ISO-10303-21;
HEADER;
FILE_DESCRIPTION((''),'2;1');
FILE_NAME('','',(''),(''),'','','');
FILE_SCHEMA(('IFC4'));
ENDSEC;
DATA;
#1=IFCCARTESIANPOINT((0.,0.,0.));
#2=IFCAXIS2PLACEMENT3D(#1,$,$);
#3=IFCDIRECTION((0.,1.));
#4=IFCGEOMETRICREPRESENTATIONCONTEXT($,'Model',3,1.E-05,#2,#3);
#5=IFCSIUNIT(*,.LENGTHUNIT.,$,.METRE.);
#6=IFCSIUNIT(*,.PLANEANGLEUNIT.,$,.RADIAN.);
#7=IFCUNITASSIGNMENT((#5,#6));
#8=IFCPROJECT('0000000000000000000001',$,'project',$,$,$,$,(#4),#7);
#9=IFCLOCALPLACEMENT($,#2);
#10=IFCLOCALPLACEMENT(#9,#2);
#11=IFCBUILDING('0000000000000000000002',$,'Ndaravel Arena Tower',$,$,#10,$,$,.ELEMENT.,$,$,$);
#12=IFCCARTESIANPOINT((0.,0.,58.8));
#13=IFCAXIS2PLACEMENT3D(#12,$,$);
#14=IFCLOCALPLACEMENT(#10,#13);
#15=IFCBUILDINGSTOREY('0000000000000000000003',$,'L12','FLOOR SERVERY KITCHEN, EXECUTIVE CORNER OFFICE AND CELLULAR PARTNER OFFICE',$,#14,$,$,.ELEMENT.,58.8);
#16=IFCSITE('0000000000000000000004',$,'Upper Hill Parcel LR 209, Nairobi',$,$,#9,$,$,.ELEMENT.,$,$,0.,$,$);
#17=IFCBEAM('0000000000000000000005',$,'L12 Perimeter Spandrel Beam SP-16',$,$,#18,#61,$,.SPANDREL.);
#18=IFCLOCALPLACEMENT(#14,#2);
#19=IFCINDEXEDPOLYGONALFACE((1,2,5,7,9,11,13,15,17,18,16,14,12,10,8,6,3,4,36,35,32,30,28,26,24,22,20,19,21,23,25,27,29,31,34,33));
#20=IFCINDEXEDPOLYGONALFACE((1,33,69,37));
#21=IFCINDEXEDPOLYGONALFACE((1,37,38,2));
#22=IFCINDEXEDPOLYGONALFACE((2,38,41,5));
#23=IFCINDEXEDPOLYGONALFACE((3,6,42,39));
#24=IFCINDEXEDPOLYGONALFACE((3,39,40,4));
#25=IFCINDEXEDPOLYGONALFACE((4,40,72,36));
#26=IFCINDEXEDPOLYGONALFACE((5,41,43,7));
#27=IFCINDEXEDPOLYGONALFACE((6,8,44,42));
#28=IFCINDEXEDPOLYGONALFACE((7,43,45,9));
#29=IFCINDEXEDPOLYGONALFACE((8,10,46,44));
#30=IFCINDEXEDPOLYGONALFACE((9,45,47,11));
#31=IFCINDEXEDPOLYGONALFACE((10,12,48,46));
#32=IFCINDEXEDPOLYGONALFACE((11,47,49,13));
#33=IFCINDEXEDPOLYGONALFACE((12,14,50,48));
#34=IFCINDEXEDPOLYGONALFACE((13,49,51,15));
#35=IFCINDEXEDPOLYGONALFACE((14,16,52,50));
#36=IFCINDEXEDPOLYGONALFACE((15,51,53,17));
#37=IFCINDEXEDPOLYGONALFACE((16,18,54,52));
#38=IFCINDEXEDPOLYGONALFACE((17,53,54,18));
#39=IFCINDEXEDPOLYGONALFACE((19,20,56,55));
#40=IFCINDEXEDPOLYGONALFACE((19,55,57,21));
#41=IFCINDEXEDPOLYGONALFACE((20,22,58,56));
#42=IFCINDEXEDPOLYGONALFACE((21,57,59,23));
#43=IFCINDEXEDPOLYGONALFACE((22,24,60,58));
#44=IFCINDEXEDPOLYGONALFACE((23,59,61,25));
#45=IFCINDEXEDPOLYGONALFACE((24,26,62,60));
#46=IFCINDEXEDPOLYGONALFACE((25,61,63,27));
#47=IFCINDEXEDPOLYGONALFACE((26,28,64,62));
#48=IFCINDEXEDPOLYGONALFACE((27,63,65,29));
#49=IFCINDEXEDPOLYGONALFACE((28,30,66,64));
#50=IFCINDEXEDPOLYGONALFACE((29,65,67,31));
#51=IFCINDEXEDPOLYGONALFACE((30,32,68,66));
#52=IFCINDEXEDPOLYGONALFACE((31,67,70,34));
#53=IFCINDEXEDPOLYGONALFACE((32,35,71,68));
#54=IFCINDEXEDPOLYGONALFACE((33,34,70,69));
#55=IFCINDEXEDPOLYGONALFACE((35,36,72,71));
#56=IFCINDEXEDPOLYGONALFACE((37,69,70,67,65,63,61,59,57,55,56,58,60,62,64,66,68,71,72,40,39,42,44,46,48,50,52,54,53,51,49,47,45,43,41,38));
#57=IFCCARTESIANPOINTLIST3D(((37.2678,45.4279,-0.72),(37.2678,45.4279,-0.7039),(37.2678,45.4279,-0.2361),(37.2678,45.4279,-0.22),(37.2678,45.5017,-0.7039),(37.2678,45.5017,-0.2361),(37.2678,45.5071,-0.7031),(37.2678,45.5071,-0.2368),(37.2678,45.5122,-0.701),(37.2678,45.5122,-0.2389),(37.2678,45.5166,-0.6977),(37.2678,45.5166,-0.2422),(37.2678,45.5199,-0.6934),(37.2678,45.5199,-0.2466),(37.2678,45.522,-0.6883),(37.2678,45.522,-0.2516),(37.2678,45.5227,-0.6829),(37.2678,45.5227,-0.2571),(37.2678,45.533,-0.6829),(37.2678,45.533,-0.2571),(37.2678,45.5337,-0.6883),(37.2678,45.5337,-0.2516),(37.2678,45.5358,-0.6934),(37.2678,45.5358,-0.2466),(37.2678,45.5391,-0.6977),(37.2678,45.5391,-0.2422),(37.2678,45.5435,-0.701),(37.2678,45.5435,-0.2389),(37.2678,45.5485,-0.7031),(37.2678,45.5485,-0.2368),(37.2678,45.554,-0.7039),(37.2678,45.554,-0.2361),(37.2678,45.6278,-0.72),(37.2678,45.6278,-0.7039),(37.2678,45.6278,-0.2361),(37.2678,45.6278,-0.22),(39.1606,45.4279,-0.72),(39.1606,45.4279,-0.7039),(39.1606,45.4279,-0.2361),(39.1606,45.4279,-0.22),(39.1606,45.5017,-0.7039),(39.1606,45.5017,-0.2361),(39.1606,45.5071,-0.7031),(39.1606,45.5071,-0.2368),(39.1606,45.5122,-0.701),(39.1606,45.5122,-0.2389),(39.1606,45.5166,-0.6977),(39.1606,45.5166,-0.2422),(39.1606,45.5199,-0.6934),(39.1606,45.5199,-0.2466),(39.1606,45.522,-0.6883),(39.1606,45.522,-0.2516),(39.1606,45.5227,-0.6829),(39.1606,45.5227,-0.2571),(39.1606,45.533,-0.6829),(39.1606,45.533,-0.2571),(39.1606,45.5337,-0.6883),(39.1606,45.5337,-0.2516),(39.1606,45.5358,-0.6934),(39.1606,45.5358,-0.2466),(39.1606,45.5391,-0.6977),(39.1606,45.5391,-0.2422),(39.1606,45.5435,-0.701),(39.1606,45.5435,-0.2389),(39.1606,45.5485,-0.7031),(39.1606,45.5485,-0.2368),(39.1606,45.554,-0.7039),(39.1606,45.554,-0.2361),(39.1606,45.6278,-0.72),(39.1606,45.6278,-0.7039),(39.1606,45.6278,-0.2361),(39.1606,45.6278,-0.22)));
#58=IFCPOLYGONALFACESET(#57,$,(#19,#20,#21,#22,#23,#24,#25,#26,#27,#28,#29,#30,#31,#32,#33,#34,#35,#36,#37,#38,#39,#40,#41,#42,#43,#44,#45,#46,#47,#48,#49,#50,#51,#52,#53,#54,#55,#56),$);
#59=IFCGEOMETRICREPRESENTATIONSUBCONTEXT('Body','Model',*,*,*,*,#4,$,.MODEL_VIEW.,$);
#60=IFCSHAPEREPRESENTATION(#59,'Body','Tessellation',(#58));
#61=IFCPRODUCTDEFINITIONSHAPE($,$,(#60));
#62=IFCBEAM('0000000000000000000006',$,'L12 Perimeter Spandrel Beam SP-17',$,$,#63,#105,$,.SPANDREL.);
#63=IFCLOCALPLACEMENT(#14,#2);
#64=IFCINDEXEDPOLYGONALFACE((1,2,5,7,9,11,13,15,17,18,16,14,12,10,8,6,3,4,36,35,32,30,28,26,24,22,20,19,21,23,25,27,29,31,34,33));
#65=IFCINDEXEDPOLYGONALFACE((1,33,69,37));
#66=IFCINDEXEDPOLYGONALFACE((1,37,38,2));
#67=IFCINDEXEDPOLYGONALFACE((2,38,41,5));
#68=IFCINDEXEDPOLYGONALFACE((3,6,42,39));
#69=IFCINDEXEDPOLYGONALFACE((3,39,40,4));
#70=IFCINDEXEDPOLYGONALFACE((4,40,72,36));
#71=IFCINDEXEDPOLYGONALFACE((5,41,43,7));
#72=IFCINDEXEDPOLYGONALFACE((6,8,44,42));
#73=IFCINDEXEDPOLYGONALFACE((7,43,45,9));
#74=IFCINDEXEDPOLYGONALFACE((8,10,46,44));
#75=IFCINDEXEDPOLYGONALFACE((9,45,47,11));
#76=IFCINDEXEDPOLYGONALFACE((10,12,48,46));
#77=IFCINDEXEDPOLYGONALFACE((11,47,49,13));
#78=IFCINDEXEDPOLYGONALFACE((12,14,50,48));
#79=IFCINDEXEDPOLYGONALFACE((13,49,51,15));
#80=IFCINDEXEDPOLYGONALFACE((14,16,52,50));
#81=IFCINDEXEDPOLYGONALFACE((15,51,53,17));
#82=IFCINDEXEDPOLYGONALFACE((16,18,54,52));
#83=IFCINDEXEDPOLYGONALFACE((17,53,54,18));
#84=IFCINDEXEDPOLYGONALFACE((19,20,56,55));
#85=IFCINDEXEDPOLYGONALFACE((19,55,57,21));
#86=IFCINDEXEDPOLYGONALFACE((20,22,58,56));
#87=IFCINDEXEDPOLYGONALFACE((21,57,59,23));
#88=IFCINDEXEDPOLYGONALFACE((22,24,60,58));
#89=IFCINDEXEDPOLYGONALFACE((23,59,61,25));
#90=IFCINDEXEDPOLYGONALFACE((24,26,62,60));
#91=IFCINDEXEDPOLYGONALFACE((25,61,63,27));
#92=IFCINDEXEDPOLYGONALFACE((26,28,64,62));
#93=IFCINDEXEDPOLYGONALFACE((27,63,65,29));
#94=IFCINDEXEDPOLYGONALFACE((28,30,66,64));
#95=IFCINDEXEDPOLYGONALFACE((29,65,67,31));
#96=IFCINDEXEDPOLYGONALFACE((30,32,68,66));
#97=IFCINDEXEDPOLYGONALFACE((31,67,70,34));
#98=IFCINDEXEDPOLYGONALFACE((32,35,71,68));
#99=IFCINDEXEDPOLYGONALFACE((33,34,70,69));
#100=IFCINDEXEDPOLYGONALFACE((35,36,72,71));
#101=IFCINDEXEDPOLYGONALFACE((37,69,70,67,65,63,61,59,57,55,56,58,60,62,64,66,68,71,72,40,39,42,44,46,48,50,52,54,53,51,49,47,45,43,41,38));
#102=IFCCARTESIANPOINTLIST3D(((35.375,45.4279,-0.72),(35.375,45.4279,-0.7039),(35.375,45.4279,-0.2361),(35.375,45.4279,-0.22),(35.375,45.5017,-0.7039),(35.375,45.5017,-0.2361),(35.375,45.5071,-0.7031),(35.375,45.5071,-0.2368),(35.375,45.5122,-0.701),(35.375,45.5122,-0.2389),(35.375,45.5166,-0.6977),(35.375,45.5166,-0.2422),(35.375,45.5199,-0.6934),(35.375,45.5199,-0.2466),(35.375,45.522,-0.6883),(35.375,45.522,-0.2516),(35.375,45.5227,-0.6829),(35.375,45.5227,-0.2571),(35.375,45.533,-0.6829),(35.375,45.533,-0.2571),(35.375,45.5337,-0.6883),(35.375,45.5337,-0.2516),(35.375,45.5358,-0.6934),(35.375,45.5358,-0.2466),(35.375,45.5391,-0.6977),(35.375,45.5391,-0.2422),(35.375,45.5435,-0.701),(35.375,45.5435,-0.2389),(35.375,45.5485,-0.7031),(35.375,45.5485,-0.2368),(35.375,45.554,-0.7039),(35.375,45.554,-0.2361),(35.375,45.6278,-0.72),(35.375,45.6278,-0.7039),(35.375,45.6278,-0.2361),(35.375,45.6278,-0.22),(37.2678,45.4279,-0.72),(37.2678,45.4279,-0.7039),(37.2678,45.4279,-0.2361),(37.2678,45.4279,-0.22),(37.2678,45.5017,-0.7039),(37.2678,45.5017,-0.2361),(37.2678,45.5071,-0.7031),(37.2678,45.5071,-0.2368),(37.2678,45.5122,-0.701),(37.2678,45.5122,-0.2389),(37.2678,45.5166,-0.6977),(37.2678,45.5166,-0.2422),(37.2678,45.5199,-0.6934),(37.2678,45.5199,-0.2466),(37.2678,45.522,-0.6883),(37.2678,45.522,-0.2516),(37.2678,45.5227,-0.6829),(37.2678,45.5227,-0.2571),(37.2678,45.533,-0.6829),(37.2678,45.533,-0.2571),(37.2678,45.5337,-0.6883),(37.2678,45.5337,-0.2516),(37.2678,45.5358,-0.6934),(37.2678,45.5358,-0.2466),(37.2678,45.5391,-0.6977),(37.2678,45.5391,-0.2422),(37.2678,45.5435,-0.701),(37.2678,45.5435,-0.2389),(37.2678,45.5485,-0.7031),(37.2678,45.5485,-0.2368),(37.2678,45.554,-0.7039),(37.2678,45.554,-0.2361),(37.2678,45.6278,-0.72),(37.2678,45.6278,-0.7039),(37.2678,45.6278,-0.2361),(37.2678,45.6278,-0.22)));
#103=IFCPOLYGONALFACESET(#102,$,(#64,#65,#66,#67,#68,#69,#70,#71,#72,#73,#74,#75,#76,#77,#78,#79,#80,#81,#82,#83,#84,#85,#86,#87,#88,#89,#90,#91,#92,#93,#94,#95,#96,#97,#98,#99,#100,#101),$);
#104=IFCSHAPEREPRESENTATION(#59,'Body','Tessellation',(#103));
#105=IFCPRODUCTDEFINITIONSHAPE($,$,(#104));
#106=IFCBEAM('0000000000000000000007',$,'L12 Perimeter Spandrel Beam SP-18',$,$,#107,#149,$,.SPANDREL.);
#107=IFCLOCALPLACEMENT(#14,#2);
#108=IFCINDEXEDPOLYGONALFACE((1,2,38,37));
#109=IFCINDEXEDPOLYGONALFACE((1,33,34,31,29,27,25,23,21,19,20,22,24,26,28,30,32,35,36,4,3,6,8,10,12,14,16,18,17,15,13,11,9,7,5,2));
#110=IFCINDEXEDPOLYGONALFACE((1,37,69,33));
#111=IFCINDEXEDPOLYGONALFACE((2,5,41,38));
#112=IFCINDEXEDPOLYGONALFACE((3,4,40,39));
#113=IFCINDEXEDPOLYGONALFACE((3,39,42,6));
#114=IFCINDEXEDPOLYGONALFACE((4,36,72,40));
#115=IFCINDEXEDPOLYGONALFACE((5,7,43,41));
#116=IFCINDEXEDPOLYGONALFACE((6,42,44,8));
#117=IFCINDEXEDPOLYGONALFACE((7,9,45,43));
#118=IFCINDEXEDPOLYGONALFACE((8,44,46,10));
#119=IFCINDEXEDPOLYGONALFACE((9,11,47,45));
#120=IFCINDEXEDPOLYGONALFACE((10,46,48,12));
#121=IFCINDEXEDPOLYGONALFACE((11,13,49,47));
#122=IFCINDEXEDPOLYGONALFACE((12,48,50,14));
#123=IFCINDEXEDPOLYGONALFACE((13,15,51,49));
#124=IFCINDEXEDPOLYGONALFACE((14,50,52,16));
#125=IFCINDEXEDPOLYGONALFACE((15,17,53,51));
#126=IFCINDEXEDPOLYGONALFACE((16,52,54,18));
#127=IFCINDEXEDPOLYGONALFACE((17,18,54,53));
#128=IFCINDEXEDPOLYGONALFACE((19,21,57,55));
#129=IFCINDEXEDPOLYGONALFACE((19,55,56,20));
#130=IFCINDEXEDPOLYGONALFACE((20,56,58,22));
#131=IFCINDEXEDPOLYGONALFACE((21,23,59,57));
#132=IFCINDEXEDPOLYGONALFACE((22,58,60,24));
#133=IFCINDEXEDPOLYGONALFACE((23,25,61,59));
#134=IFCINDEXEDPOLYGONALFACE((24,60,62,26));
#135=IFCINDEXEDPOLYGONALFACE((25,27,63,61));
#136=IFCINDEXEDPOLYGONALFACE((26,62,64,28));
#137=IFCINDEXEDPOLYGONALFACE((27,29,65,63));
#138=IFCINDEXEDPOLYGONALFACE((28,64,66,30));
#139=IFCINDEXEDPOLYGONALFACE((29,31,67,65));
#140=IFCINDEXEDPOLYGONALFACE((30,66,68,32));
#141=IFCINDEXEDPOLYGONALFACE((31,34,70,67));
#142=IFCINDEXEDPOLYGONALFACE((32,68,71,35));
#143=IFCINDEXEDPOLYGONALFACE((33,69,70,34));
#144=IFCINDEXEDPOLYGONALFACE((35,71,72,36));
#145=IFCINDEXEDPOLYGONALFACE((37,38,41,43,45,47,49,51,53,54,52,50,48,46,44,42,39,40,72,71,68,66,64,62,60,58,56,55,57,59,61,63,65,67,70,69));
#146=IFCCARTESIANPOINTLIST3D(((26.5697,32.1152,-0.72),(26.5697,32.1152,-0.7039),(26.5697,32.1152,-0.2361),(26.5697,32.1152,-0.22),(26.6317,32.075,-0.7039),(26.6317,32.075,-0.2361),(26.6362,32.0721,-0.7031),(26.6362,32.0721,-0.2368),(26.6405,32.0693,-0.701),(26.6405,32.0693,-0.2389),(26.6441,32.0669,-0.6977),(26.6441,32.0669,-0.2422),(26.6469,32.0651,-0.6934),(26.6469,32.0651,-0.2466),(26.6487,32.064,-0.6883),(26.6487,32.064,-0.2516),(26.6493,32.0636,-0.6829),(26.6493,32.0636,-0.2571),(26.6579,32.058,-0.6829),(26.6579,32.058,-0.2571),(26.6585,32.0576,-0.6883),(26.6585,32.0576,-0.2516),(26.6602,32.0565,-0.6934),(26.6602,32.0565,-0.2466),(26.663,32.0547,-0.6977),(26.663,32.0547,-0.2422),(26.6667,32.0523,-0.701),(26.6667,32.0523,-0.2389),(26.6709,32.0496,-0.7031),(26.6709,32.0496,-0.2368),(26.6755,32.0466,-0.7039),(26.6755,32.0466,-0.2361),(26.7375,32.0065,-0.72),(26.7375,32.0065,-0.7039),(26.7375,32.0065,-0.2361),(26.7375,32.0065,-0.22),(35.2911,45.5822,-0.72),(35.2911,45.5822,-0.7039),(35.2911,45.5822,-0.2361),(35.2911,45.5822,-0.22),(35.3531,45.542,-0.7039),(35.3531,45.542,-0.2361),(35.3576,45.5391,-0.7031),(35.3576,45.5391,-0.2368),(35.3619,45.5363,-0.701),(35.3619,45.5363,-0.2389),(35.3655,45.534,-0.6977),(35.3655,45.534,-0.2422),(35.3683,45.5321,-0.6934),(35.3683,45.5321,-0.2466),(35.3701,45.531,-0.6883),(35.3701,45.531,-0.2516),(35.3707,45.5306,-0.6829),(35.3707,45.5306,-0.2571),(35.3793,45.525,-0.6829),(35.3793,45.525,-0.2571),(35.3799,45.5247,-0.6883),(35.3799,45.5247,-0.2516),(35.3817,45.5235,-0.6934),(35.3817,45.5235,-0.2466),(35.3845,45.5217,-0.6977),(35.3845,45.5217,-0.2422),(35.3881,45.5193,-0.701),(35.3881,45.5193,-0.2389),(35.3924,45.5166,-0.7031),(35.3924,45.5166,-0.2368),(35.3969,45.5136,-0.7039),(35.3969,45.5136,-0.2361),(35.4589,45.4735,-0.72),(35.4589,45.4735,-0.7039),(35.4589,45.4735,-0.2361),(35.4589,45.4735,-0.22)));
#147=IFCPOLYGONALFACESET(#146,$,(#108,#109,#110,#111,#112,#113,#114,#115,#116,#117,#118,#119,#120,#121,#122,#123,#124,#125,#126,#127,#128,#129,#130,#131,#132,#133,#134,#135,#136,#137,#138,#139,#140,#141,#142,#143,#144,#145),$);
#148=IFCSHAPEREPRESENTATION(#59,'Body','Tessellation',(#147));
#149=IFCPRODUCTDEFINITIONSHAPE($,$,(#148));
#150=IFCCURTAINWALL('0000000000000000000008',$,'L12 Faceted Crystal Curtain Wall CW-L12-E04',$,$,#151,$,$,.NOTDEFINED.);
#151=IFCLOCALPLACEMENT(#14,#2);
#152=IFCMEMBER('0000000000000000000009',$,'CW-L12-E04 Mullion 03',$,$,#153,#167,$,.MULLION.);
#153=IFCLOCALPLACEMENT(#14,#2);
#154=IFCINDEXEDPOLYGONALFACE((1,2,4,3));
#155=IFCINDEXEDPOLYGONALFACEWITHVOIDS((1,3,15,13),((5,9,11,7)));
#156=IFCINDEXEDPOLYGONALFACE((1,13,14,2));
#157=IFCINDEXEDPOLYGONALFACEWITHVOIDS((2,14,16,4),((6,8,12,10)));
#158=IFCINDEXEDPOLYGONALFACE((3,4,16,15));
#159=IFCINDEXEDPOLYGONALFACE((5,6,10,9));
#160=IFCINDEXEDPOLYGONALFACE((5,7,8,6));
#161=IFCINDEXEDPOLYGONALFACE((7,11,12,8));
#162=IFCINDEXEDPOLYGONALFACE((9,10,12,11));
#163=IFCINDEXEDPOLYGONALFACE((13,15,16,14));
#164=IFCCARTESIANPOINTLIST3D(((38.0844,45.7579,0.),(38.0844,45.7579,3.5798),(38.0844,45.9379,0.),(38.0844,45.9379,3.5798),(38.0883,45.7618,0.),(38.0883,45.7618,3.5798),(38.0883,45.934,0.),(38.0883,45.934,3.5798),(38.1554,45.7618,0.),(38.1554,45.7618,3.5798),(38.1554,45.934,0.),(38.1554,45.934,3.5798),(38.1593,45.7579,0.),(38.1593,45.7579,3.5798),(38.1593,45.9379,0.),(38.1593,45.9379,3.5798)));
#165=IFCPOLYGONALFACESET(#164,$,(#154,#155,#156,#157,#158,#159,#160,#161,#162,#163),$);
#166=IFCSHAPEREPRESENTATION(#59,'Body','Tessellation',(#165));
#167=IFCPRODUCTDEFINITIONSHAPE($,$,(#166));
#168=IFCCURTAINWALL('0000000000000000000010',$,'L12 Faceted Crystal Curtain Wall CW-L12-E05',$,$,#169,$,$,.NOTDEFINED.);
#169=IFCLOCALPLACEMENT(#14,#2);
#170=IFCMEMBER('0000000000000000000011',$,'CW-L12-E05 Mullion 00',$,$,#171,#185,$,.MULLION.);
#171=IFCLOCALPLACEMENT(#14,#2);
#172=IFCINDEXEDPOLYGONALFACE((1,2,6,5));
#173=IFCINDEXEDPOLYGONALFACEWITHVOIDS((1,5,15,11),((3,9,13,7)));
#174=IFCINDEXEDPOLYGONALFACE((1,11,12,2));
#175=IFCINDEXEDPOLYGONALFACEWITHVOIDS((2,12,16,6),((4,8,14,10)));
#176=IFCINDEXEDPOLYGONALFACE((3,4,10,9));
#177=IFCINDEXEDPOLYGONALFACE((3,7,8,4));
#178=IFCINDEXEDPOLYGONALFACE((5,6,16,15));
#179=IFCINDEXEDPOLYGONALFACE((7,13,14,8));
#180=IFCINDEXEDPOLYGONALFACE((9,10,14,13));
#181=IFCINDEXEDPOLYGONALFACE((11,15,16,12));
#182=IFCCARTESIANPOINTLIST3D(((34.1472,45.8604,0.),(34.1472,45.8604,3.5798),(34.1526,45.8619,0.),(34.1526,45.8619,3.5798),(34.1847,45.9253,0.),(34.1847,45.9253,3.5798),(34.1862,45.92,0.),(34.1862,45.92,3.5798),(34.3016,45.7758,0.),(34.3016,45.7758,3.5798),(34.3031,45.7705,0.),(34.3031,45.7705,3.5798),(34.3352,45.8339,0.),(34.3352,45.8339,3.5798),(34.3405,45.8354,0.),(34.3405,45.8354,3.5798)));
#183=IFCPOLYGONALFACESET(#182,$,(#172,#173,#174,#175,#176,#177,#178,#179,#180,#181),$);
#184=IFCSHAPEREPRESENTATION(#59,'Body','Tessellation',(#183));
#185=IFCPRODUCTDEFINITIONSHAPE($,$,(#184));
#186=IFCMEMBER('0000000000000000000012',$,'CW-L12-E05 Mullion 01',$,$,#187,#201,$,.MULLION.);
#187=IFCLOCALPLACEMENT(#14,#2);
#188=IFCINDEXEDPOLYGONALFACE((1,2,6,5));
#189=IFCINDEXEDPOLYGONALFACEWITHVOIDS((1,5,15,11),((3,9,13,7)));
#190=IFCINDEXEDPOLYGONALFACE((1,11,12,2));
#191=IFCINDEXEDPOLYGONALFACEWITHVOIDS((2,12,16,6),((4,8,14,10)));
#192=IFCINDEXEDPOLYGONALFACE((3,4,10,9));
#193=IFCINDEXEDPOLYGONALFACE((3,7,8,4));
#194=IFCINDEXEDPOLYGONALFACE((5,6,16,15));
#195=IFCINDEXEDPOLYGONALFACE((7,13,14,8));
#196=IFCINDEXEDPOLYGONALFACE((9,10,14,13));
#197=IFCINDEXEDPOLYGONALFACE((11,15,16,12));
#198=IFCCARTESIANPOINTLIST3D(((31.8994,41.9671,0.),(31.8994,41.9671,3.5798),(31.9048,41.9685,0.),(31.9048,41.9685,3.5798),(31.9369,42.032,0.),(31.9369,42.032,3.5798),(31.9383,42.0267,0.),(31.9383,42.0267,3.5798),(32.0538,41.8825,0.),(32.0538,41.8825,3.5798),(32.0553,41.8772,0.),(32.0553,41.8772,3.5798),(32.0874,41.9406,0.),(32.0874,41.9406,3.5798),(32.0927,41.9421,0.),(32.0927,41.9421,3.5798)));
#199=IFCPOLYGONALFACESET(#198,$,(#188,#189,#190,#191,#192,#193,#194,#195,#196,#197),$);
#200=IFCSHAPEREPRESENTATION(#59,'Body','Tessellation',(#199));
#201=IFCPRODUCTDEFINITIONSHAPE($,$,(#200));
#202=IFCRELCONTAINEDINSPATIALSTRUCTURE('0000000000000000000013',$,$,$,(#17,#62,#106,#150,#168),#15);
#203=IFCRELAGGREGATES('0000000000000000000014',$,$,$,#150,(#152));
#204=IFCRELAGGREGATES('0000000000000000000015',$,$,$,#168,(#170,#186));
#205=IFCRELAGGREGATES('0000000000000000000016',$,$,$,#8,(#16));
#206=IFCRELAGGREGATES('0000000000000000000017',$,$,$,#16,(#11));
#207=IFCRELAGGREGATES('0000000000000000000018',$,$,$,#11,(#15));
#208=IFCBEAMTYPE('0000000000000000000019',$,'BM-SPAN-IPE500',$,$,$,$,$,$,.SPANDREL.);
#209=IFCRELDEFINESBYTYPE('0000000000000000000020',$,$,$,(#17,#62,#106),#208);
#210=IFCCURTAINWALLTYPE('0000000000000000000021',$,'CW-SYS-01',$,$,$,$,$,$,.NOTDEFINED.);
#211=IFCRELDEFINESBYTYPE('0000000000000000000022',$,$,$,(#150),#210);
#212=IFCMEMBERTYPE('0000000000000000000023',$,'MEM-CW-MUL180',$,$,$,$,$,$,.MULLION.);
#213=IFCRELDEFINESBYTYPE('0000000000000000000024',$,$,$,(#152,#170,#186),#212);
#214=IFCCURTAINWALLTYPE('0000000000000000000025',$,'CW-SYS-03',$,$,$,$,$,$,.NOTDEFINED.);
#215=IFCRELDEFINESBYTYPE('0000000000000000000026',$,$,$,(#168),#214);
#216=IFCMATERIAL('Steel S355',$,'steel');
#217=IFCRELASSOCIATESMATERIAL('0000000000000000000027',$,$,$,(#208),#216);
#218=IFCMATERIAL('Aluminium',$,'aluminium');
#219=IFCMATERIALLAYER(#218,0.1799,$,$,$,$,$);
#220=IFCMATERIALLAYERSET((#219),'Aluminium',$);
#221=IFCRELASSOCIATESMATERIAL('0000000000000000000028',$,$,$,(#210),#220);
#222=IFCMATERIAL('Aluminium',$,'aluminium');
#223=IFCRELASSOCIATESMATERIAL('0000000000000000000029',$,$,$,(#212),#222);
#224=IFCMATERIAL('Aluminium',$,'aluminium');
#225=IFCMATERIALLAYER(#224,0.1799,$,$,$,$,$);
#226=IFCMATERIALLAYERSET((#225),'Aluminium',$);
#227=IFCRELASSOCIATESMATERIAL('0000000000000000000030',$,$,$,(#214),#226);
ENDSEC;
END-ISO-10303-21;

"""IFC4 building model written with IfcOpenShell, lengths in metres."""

from ifc_helpers import new_model, si_unit, direction, frame, origin, origin_2d, place, context, subcontext, project, spatial, hollow_rectangle, i_section, extrude, material, layer, layer_set, material_profile, profile_set, type_object, element, aggregate, save


model = new_model("IFC4")

# Units and contexts
model_context = context("Model", 3, precision=1e-05, world=origin(), true_north=direction((0.0, 1.0)))
body_context = subcontext(model_context, "Body", "Model", "MODEL_VIEW")
ifc_project = project(units=[si_unit("LENGTHUNIT", "METRE"), si_unit("PLANEANGLEUNIT", "RADIAN")], contexts=[model_context])

# Site, building, storey
site_placement = place(None, origin())
site = spatial("IfcSite", under=ifc_project, at=site_placement, Name="Upper Hill Parcel LR 209, Nairobi", CompositionType="ELEMENT", RefElevation=0.0)
building_placement = place(site_placement, origin())
building = spatial("IfcBuilding", under=site, at=building_placement, Name="Ndaravel Arena Tower", CompositionType="ELEMENT")
storey_placement = place(building_placement, frame((0.0, 0.0, 58.8)))
storey = spatial("IfcBuildingStorey", under=building, at=storey_placement, Name="L12", Description="FLOOR SERVERY KITCHEN, EXECUTIVE CORNER OFFICE AND CELLULAR PARTNER OFFICE", CompositionType="ELEMENT", Elevation=58.8)

# Beams
ifc_material_1 = material(Name="Steel S355", Category="steel")
ifc_material_profile_1 = material_profile(ifc_material_1, i_section(OverallWidth=0.2, OverallDepth=0.5, WebThickness=0.0103, FlangeThickness=0.0161, FilletRadius=0.021, at=origin_2d()), Name="IPE 500")
ifc_profile_set_1 = profile_set([ifc_material_profile_1], Name="Steel S355")
beam_type_1 = type_object("IfcBeamType", Name="BM-SPAN-IPE500", PredefinedType="SPANDREL", material=ifc_profile_set_1)
for number, where, z_axis, x_axis, name in (
    (1, (39.1606, 45.5278, -0.47), (-1.0, 0.0, 0.0), (0.0, -1.0, 0.0), "L12 Perimeter Spandrel Beam SP-16"),
    (2, (37.2678, 45.5278, -0.47), (-1.0, 0.0, 0.0), (0.0, -1.0, 0.0), "L12 Perimeter Spandrel Beam SP-17"),
):
    element("IfcBeam", number, at=place(storey_placement, frame(where, z_axis=z_axis, x_axis=x_axis)), inside=storey, type_object=beam_type_1, Name=name, PredefinedType="SPANDREL", context=body_context, shape_type="SweptSolid", body=[
        extrude(i_section(OverallWidth=0.2, OverallDepth=0.5, WebThickness=0.0103, FlangeThickness=0.0161, FilletRadius=0.021, at=origin_2d()), origin(), (0.0, 0.0, 1.0), 1.8928),
    ])
beam_1_placement = place(storey_placement, frame((35.375, 45.5278, -0.47), z_axis=(-0.543579, -0.839358, 0.0), x_axis=(0.839358, -0.543579, 0.0)))
element("IfcBeam", 3, at=beam_1_placement, inside=storey, type_object=beam_type_1, Name="L12 Perimeter Spandrel Beam SP-18", PredefinedType="SPANDREL", context=body_context, shape_type="SweptSolid", body=[
    extrude(i_section(OverallWidth=0.2, OverallDepth=0.5, WebThickness=0.0103, FlangeThickness=0.0161, FilletRadius=0.021, at=origin_2d()), origin(), (0.0, 0.0, 1.0), 16.0444),
])

# Curtain wall, member
ifc_material_2 = material(Name="Aluminium", Category="aluminium")
ifc_layer_1 = layer(ifc_material_2, 0.1799)
ifc_layer_set_1 = layer_set([ifc_layer_1], Name="Aluminium")
curtain_wall_type_1 = type_object("IfcCurtainWallType", Name="CW-SYS-01", PredefinedType="NOTDEFINED", material=ifc_layer_set_1)
curtain_wall_1_placement = place(storey_placement, origin())
curtain_wall_1 = element("IfcCurtainWall", 4, at=curtain_wall_1_placement, inside=storey, type_object=curtain_wall_type_1, Name="L12 Faceted Crystal Curtain Wall CW-L12-E04", PredefinedType="NOTDEFINED")
ifc_material_3 = material(Name="Aluminium", Category="aluminium")
ifc_material_profile_2 = material_profile(ifc_material_3, hollow_rectangle(XDim=0.075, YDim=0.1799, WallThickness=0.0039, at=origin_2d()), Name="CW MULLION 75x180x4")
ifc_profile_set_2 = profile_set([ifc_material_profile_2], Name="Aluminium")
member_type_1 = type_object("IfcMemberType", Name="MEM-CW-MUL180", PredefinedType="MULLION", material=ifc_profile_set_2)
member_1_placement = place(storey_placement, frame((38.1218, 45.8479, 0.0), z_axis=(0.0, 0.0, 1.0), x_axis=(-1.0, 0.0, 0.0)))
member_1 = element("IfcMember", 5, at=member_1_placement, type_object=member_type_1, Name="CW-L12-E04 Mullion 03", PredefinedType="MULLION", context=body_context, shape_type="SweptSolid", body=[
    extrude(hollow_rectangle(XDim=0.075, YDim=0.1799, WallThickness=0.0039, at=origin_2d()), origin(), (0.0, 0.0, 1.0), 3.5798),
])

# Curtain wall, members
ifc_material_4 = material(Name="Aluminium", Category="aluminium")
ifc_layer_2 = layer(ifc_material_4, 0.1799)
ifc_layer_set_2 = layer_set([ifc_layer_2], Name="Aluminium")
curtain_wall_type_2 = type_object("IfcCurtainWallType", Name="CW-SYS-03", PredefinedType="NOTDEFINED", material=ifc_layer_set_2)
curtain_wall_2_placement = place(storey_placement, origin())
curtain_wall_2 = element("IfcCurtainWall", 6, at=curtain_wall_2_placement, inside=storey, type_object=curtain_wall_type_2, Name="L12 Faceted Crystal Curtain Wall CW-L12-E05", PredefinedType="NOTDEFINED")
member_2_placement = place(storey_placement, frame((34.2439, 45.8479, 0.0), z_axis=(0.0, 0.0, 1.0), x_axis=(-0.5, -0.866025, 0.0)))
member_2 = element("IfcMember", 7, at=member_2_placement, type_object=member_type_1, Name="CW-L12-E05 Mullion 00", PredefinedType="MULLION", context=body_context, shape_type="SweptSolid", body=[
    extrude(hollow_rectangle(XDim=0.075, YDim=0.1799, WallThickness=0.0039, at=origin_2d()), origin(), (0.0, 0.0, 1.0), 3.5798),
])
member_3_placement = place(storey_placement, frame((31.9961, 41.9546, 0.0), z_axis=(0.0, 0.0, 1.0), x_axis=(-0.5, -0.866025, 0.0)))
member_3 = element("IfcMember", 8, at=member_3_placement, type_object=member_type_1, Name="CW-L12-E05 Mullion 01", PredefinedType="MULLION", context=body_context, shape_type="SweptSolid", body=[
    extrude(hollow_rectangle(XDim=0.075, YDim=0.1799, WallThickness=0.0039, at=origin_2d()), origin(), (0.0, 0.0, 1.0), 3.5798),
])

aggregate(curtain_wall_1, [member_1])
aggregate(curtain_wall_2, [member_2, member_3])

save(model, "model.ifc")
